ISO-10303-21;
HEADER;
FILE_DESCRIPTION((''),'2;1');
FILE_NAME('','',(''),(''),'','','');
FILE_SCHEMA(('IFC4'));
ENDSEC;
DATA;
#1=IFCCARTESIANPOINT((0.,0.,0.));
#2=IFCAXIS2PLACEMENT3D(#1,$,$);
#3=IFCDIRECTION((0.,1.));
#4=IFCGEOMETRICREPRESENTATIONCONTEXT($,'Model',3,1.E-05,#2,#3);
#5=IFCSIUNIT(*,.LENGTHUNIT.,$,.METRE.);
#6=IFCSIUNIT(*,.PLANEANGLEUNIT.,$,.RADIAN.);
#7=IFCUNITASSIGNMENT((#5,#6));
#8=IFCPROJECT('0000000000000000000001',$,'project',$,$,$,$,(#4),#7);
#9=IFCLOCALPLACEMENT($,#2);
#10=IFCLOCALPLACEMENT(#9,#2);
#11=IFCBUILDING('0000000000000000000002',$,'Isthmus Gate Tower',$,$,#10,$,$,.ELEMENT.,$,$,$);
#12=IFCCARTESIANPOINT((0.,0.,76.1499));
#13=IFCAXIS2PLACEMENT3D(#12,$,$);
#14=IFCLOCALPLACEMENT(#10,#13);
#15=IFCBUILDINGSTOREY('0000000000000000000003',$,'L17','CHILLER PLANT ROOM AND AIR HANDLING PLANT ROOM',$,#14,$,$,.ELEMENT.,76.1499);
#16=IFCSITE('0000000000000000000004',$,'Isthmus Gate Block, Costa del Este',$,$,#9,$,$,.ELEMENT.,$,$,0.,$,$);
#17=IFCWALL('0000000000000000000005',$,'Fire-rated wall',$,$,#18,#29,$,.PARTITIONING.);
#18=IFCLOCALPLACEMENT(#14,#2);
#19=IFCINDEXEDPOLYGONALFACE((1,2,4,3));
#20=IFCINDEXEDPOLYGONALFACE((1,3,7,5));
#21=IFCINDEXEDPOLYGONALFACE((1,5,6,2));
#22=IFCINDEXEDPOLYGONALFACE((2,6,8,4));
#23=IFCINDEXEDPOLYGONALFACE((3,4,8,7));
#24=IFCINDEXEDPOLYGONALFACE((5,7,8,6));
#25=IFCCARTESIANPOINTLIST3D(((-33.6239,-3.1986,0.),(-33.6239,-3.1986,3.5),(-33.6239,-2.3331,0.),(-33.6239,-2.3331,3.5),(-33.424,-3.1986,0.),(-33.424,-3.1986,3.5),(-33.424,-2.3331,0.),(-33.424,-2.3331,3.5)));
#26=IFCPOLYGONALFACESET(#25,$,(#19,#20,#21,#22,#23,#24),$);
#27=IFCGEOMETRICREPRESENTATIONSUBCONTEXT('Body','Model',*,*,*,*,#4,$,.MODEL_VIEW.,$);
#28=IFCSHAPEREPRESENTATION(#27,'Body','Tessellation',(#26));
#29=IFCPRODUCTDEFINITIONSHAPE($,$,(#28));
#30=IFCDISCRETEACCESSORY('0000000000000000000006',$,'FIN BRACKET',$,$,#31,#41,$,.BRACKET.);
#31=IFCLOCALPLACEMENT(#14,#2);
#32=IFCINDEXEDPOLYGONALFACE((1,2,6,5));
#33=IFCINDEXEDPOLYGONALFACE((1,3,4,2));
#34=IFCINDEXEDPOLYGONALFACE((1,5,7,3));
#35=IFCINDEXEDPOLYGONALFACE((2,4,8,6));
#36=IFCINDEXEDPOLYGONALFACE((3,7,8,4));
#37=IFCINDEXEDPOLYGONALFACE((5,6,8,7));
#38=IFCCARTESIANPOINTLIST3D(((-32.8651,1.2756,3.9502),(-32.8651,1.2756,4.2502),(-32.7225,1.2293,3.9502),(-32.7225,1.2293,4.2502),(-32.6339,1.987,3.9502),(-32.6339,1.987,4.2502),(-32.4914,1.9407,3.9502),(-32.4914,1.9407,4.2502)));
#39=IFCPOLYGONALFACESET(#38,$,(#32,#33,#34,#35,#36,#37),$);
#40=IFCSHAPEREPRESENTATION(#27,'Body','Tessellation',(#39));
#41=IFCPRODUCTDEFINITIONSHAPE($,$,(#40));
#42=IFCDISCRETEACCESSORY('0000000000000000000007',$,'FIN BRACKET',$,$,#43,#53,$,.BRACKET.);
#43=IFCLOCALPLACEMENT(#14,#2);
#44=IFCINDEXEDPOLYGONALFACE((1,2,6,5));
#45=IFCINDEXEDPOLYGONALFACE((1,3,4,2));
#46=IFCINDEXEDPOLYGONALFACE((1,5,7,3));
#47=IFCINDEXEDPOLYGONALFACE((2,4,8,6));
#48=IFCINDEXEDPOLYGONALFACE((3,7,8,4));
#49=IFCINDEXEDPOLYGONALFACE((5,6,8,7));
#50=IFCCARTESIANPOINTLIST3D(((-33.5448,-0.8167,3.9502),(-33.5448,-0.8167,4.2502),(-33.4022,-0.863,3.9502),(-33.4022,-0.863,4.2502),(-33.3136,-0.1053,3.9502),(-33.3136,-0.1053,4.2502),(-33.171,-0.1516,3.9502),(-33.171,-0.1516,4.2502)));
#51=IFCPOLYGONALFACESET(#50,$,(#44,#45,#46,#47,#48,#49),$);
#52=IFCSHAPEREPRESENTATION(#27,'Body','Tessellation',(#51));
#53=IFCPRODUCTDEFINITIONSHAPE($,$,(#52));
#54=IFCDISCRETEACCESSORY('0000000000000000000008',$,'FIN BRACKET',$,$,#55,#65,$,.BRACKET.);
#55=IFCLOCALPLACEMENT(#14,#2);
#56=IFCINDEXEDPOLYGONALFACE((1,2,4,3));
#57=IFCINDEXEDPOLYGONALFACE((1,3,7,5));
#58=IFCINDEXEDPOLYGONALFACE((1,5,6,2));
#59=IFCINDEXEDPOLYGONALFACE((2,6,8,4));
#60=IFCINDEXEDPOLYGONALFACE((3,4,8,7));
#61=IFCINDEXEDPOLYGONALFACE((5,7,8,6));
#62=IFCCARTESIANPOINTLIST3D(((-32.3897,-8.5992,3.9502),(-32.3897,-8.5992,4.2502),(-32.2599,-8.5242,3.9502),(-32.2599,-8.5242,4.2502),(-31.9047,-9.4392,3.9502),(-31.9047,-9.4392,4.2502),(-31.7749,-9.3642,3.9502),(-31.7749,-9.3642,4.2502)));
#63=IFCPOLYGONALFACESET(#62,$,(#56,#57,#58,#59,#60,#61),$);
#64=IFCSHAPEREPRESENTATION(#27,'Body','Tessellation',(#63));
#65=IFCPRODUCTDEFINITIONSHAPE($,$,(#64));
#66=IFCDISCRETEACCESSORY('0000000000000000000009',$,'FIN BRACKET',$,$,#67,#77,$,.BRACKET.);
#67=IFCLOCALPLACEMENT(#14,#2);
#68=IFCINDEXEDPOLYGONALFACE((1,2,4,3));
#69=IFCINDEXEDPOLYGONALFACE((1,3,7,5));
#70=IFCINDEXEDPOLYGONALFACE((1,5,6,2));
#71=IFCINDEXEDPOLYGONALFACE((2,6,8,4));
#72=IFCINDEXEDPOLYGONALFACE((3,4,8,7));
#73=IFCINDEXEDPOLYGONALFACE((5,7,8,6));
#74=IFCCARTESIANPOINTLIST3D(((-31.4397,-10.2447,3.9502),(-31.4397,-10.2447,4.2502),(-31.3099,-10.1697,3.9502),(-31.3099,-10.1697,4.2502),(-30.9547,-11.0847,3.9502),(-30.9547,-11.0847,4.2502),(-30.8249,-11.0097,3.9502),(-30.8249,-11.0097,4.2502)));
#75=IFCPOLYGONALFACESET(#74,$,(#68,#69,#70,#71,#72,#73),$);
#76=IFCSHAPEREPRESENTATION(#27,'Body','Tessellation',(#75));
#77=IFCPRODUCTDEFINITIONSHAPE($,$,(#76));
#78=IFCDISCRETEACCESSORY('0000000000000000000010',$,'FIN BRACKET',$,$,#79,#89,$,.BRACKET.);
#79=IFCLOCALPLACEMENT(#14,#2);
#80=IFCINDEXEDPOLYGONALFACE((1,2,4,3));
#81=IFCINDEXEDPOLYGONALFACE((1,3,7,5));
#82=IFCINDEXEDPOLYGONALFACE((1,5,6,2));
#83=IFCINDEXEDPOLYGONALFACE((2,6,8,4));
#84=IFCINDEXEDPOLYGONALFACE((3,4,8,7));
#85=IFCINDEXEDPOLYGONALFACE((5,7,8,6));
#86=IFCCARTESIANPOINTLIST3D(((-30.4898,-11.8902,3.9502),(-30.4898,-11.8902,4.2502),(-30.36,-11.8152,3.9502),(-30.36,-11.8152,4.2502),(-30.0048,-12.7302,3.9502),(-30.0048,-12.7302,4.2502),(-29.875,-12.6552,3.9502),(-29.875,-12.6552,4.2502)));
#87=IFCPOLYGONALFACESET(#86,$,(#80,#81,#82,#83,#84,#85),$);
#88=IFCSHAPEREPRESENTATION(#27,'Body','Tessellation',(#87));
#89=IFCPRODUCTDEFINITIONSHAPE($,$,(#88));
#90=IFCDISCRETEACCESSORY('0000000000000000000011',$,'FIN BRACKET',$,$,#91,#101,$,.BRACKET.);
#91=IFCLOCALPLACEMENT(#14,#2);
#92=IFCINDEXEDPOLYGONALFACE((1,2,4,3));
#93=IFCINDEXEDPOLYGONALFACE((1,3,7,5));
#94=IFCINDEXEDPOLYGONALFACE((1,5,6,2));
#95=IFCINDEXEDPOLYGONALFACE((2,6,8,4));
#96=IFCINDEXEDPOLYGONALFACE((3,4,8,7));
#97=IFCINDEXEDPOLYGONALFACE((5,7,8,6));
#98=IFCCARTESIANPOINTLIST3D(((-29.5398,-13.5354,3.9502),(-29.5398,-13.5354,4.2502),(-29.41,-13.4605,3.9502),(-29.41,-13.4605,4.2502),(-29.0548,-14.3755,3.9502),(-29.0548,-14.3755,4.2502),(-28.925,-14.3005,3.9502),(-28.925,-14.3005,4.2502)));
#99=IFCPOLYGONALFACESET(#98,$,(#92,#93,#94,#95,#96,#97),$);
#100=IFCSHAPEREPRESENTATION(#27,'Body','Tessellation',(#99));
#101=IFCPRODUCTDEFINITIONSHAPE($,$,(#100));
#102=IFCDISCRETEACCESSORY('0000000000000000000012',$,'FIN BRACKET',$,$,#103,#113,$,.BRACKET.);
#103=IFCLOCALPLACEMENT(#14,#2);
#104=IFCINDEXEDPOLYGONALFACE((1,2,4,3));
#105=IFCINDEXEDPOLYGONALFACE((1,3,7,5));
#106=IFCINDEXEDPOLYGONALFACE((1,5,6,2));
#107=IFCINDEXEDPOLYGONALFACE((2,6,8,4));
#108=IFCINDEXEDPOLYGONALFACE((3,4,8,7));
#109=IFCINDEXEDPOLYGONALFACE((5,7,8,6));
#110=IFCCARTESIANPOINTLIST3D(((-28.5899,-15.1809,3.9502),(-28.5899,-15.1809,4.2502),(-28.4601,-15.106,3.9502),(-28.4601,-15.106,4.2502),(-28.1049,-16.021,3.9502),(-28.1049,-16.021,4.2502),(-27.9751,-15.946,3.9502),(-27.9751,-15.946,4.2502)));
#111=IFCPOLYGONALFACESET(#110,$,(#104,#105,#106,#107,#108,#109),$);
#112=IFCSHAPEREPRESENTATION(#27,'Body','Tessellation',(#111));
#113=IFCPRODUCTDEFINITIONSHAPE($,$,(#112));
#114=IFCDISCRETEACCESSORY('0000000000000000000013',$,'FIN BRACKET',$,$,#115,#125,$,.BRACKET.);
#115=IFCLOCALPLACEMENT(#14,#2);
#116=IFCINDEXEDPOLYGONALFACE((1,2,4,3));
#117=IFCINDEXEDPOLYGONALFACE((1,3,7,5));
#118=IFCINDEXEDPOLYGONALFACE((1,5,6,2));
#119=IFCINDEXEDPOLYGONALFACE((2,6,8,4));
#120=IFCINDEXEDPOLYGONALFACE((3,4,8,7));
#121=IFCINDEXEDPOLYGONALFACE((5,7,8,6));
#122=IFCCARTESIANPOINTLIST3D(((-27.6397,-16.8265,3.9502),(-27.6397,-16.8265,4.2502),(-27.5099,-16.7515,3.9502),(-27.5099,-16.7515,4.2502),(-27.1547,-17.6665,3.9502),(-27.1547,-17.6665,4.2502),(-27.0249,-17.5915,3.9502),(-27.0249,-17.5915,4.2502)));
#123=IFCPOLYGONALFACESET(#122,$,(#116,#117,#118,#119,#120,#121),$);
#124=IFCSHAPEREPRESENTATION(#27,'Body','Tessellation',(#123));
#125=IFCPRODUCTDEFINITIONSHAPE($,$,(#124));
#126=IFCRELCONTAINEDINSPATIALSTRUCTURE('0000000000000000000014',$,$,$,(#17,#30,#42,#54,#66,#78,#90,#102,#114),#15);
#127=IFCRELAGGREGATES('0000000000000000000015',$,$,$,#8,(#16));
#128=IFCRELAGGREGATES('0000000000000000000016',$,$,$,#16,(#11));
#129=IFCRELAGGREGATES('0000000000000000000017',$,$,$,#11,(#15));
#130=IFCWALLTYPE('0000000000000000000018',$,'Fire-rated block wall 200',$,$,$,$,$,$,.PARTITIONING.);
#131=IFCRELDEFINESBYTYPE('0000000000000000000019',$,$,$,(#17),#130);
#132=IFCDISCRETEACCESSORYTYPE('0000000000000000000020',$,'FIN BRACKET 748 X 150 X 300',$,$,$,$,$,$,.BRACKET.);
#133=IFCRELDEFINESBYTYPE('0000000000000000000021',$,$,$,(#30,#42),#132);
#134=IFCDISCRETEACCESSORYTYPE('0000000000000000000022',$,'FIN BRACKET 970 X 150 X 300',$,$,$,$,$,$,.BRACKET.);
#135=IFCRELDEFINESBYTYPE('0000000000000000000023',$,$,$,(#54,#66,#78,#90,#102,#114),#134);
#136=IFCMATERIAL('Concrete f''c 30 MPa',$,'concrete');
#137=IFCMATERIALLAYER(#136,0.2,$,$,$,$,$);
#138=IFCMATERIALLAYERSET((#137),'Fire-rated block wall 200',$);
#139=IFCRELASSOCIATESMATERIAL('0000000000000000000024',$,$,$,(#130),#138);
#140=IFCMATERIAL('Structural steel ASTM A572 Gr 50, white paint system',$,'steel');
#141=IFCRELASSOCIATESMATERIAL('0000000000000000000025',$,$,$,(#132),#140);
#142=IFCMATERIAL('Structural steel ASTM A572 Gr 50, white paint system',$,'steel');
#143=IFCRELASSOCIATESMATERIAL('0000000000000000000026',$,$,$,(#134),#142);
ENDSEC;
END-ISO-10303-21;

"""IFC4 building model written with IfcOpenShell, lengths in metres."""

from ifc_helpers import new_model, si_unit, direction, frame, frame_2d, origin, origin_2d, place, context, subcontext, project, spatial, rectangle, extrude, material, layer, layer_set, type_object, element, save


model = new_model("IFC4")

# Units and contexts
model_context = context("Model", 3, precision=1e-05, world=origin(), true_north=direction((0.0, 1.0)))
body_context = subcontext(model_context, "Body", "Model", "MODEL_VIEW")
ifc_project = project(units=[si_unit("LENGTHUNIT", "METRE"), si_unit("PLANEANGLEUNIT", "RADIAN")], contexts=[model_context])

# Site, building, storey
site_placement = place(None, origin())
site = spatial("IfcSite", under=ifc_project, at=site_placement, Name="Isthmus Gate Block, Costa del Este", CompositionType="ELEMENT", RefElevation=0.0)
building_placement = place(site_placement, origin())
building = spatial("IfcBuilding", under=site, at=building_placement, Name="Isthmus Gate Tower", CompositionType="ELEMENT")
storey_placement = place(building_placement, frame((0.0, 0.0, 76.1499)))
storey = spatial("IfcBuildingStorey", under=building, at=storey_placement, Name="L17", Description="CHILLER PLANT ROOM AND AIR HANDLING PLANT ROOM", CompositionType="ELEMENT", Elevation=76.1499)

# Wall
ifc_material_1 = material(Name="Concrete f'c 30 MPa", Category="concrete")
ifc_layer_1 = layer(ifc_material_1, 0.2)
ifc_layer_set_1 = layer_set([ifc_layer_1], Name="Fire-rated block wall 200")
wall_type = type_object("IfcWallType", Name="Fire-rated block wall 200", PredefinedType="PARTITIONING", material=ifc_layer_set_1)
wall_1_placement = place(storey_placement, frame((-33.5239, -3.1985, 0.0), z_axis=(0.0, 0.0, 1.0), x_axis=(0.0, 1.0, 0.0)))
element("IfcWall", 1, at=wall_1_placement, inside=storey, type_object=wall_type, Name="Fire-rated wall", PredefinedType="PARTITIONING", context=body_context, shape_type="SweptSolid", body=[
    extrude(rectangle(XDim=0.8655, YDim=0.2, at=frame_2d((0.4326, 0.0))), origin(), (0.0, 0.0, 1.0), 3.5),
])

# Discrete accessories
ifc_material_2 = material(Name="Structural steel ASTM A572 Gr 50, white paint system", Category="steel")
discrete_accessory_type_1 = type_object("IfcDiscreteAccessoryType", Name="FIN BRACKET 748 X 150 X 300", PredefinedType="BRACKET", material=ifc_material_2)
for number, where, z_axis, x_axis, name in (
    (2, (-32.6782, 1.6082, 3.9502), (0.0, 0.0, 1.0), (-0.951057, 0.309017, 0.0), "FIN BRACKET"),
    (3, (-33.3579, -0.4841, 3.9502), (0.0, 0.0, 1.0), (-0.951057, 0.309017, 0.0), "FIN BRACKET"),
):
    element("IfcDiscreteAccessory", number, at=place(storey_placement, frame(where, z_axis=z_axis, x_axis=x_axis)), inside=storey, type_object=discrete_accessory_type_1, Name=name, PredefinedType="BRACKET", context=body_context, shape_type="SweptSolid", body=[
        extrude(rectangle(XDim=0.1499, YDim=0.748, at=origin_2d()), origin(), (0.0, 0.0, 1.0), 0.3),
    ])
ifc_material_3 = material(Name="Structural steel ASTM A572 Gr 50, white paint system", Category="steel")
discrete_accessory_type_2 = type_object("IfcDiscreteAccessoryType", Name="FIN BRACKET 970 X 150 X 300", PredefinedType="BRACKET", material=ifc_material_3)
for number, where, z_axis, x_axis, name in (
    (4, (-32.0823, -8.9817, 3.9502), (0.0, 0.0, 1.0), (-0.866025, -0.5, 0.0), "FIN BRACKET"),
    (5, (-31.1323, -10.6272, 3.9502), (0.0, 0.0, 1.0), (-0.866025, -0.5, 0.0), "FIN BRACKET"),
    (6, (-30.1824, -12.2727, 3.9502), (0.0, 0.0, 1.0), (-0.866025, -0.5, 0.0), "FIN BRACKET"),
    (7, (-29.2324, -13.918, 3.9502), (0.0, 0.0, 1.0), (-0.866025, -0.5, 0.0), "FIN BRACKET"),
    (8, (-28.2825, -15.5635, 3.9502), (0.0, 0.0, 1.0), (-0.866025, -0.5, 0.0), "FIN BRACKET"),
    (9, (-27.3323, -17.209, 3.9502), (0.0, 0.0, 1.0), (-0.866025, -0.5, 0.0), "FIN BRACKET"),
):
    element("IfcDiscreteAccessory", number, at=place(storey_placement, frame(where, z_axis=z_axis, x_axis=x_axis)), inside=storey, type_object=discrete_accessory_type_2, Name=name, PredefinedType="BRACKET", context=body_context, shape_type="SweptSolid", body=[
        extrude(rectangle(XDim=0.1499, YDim=0.97, at=origin_2d()), origin(), (0.0, 0.0, 1.0), 0.3),
    ])

save(model, "model.ifc")
